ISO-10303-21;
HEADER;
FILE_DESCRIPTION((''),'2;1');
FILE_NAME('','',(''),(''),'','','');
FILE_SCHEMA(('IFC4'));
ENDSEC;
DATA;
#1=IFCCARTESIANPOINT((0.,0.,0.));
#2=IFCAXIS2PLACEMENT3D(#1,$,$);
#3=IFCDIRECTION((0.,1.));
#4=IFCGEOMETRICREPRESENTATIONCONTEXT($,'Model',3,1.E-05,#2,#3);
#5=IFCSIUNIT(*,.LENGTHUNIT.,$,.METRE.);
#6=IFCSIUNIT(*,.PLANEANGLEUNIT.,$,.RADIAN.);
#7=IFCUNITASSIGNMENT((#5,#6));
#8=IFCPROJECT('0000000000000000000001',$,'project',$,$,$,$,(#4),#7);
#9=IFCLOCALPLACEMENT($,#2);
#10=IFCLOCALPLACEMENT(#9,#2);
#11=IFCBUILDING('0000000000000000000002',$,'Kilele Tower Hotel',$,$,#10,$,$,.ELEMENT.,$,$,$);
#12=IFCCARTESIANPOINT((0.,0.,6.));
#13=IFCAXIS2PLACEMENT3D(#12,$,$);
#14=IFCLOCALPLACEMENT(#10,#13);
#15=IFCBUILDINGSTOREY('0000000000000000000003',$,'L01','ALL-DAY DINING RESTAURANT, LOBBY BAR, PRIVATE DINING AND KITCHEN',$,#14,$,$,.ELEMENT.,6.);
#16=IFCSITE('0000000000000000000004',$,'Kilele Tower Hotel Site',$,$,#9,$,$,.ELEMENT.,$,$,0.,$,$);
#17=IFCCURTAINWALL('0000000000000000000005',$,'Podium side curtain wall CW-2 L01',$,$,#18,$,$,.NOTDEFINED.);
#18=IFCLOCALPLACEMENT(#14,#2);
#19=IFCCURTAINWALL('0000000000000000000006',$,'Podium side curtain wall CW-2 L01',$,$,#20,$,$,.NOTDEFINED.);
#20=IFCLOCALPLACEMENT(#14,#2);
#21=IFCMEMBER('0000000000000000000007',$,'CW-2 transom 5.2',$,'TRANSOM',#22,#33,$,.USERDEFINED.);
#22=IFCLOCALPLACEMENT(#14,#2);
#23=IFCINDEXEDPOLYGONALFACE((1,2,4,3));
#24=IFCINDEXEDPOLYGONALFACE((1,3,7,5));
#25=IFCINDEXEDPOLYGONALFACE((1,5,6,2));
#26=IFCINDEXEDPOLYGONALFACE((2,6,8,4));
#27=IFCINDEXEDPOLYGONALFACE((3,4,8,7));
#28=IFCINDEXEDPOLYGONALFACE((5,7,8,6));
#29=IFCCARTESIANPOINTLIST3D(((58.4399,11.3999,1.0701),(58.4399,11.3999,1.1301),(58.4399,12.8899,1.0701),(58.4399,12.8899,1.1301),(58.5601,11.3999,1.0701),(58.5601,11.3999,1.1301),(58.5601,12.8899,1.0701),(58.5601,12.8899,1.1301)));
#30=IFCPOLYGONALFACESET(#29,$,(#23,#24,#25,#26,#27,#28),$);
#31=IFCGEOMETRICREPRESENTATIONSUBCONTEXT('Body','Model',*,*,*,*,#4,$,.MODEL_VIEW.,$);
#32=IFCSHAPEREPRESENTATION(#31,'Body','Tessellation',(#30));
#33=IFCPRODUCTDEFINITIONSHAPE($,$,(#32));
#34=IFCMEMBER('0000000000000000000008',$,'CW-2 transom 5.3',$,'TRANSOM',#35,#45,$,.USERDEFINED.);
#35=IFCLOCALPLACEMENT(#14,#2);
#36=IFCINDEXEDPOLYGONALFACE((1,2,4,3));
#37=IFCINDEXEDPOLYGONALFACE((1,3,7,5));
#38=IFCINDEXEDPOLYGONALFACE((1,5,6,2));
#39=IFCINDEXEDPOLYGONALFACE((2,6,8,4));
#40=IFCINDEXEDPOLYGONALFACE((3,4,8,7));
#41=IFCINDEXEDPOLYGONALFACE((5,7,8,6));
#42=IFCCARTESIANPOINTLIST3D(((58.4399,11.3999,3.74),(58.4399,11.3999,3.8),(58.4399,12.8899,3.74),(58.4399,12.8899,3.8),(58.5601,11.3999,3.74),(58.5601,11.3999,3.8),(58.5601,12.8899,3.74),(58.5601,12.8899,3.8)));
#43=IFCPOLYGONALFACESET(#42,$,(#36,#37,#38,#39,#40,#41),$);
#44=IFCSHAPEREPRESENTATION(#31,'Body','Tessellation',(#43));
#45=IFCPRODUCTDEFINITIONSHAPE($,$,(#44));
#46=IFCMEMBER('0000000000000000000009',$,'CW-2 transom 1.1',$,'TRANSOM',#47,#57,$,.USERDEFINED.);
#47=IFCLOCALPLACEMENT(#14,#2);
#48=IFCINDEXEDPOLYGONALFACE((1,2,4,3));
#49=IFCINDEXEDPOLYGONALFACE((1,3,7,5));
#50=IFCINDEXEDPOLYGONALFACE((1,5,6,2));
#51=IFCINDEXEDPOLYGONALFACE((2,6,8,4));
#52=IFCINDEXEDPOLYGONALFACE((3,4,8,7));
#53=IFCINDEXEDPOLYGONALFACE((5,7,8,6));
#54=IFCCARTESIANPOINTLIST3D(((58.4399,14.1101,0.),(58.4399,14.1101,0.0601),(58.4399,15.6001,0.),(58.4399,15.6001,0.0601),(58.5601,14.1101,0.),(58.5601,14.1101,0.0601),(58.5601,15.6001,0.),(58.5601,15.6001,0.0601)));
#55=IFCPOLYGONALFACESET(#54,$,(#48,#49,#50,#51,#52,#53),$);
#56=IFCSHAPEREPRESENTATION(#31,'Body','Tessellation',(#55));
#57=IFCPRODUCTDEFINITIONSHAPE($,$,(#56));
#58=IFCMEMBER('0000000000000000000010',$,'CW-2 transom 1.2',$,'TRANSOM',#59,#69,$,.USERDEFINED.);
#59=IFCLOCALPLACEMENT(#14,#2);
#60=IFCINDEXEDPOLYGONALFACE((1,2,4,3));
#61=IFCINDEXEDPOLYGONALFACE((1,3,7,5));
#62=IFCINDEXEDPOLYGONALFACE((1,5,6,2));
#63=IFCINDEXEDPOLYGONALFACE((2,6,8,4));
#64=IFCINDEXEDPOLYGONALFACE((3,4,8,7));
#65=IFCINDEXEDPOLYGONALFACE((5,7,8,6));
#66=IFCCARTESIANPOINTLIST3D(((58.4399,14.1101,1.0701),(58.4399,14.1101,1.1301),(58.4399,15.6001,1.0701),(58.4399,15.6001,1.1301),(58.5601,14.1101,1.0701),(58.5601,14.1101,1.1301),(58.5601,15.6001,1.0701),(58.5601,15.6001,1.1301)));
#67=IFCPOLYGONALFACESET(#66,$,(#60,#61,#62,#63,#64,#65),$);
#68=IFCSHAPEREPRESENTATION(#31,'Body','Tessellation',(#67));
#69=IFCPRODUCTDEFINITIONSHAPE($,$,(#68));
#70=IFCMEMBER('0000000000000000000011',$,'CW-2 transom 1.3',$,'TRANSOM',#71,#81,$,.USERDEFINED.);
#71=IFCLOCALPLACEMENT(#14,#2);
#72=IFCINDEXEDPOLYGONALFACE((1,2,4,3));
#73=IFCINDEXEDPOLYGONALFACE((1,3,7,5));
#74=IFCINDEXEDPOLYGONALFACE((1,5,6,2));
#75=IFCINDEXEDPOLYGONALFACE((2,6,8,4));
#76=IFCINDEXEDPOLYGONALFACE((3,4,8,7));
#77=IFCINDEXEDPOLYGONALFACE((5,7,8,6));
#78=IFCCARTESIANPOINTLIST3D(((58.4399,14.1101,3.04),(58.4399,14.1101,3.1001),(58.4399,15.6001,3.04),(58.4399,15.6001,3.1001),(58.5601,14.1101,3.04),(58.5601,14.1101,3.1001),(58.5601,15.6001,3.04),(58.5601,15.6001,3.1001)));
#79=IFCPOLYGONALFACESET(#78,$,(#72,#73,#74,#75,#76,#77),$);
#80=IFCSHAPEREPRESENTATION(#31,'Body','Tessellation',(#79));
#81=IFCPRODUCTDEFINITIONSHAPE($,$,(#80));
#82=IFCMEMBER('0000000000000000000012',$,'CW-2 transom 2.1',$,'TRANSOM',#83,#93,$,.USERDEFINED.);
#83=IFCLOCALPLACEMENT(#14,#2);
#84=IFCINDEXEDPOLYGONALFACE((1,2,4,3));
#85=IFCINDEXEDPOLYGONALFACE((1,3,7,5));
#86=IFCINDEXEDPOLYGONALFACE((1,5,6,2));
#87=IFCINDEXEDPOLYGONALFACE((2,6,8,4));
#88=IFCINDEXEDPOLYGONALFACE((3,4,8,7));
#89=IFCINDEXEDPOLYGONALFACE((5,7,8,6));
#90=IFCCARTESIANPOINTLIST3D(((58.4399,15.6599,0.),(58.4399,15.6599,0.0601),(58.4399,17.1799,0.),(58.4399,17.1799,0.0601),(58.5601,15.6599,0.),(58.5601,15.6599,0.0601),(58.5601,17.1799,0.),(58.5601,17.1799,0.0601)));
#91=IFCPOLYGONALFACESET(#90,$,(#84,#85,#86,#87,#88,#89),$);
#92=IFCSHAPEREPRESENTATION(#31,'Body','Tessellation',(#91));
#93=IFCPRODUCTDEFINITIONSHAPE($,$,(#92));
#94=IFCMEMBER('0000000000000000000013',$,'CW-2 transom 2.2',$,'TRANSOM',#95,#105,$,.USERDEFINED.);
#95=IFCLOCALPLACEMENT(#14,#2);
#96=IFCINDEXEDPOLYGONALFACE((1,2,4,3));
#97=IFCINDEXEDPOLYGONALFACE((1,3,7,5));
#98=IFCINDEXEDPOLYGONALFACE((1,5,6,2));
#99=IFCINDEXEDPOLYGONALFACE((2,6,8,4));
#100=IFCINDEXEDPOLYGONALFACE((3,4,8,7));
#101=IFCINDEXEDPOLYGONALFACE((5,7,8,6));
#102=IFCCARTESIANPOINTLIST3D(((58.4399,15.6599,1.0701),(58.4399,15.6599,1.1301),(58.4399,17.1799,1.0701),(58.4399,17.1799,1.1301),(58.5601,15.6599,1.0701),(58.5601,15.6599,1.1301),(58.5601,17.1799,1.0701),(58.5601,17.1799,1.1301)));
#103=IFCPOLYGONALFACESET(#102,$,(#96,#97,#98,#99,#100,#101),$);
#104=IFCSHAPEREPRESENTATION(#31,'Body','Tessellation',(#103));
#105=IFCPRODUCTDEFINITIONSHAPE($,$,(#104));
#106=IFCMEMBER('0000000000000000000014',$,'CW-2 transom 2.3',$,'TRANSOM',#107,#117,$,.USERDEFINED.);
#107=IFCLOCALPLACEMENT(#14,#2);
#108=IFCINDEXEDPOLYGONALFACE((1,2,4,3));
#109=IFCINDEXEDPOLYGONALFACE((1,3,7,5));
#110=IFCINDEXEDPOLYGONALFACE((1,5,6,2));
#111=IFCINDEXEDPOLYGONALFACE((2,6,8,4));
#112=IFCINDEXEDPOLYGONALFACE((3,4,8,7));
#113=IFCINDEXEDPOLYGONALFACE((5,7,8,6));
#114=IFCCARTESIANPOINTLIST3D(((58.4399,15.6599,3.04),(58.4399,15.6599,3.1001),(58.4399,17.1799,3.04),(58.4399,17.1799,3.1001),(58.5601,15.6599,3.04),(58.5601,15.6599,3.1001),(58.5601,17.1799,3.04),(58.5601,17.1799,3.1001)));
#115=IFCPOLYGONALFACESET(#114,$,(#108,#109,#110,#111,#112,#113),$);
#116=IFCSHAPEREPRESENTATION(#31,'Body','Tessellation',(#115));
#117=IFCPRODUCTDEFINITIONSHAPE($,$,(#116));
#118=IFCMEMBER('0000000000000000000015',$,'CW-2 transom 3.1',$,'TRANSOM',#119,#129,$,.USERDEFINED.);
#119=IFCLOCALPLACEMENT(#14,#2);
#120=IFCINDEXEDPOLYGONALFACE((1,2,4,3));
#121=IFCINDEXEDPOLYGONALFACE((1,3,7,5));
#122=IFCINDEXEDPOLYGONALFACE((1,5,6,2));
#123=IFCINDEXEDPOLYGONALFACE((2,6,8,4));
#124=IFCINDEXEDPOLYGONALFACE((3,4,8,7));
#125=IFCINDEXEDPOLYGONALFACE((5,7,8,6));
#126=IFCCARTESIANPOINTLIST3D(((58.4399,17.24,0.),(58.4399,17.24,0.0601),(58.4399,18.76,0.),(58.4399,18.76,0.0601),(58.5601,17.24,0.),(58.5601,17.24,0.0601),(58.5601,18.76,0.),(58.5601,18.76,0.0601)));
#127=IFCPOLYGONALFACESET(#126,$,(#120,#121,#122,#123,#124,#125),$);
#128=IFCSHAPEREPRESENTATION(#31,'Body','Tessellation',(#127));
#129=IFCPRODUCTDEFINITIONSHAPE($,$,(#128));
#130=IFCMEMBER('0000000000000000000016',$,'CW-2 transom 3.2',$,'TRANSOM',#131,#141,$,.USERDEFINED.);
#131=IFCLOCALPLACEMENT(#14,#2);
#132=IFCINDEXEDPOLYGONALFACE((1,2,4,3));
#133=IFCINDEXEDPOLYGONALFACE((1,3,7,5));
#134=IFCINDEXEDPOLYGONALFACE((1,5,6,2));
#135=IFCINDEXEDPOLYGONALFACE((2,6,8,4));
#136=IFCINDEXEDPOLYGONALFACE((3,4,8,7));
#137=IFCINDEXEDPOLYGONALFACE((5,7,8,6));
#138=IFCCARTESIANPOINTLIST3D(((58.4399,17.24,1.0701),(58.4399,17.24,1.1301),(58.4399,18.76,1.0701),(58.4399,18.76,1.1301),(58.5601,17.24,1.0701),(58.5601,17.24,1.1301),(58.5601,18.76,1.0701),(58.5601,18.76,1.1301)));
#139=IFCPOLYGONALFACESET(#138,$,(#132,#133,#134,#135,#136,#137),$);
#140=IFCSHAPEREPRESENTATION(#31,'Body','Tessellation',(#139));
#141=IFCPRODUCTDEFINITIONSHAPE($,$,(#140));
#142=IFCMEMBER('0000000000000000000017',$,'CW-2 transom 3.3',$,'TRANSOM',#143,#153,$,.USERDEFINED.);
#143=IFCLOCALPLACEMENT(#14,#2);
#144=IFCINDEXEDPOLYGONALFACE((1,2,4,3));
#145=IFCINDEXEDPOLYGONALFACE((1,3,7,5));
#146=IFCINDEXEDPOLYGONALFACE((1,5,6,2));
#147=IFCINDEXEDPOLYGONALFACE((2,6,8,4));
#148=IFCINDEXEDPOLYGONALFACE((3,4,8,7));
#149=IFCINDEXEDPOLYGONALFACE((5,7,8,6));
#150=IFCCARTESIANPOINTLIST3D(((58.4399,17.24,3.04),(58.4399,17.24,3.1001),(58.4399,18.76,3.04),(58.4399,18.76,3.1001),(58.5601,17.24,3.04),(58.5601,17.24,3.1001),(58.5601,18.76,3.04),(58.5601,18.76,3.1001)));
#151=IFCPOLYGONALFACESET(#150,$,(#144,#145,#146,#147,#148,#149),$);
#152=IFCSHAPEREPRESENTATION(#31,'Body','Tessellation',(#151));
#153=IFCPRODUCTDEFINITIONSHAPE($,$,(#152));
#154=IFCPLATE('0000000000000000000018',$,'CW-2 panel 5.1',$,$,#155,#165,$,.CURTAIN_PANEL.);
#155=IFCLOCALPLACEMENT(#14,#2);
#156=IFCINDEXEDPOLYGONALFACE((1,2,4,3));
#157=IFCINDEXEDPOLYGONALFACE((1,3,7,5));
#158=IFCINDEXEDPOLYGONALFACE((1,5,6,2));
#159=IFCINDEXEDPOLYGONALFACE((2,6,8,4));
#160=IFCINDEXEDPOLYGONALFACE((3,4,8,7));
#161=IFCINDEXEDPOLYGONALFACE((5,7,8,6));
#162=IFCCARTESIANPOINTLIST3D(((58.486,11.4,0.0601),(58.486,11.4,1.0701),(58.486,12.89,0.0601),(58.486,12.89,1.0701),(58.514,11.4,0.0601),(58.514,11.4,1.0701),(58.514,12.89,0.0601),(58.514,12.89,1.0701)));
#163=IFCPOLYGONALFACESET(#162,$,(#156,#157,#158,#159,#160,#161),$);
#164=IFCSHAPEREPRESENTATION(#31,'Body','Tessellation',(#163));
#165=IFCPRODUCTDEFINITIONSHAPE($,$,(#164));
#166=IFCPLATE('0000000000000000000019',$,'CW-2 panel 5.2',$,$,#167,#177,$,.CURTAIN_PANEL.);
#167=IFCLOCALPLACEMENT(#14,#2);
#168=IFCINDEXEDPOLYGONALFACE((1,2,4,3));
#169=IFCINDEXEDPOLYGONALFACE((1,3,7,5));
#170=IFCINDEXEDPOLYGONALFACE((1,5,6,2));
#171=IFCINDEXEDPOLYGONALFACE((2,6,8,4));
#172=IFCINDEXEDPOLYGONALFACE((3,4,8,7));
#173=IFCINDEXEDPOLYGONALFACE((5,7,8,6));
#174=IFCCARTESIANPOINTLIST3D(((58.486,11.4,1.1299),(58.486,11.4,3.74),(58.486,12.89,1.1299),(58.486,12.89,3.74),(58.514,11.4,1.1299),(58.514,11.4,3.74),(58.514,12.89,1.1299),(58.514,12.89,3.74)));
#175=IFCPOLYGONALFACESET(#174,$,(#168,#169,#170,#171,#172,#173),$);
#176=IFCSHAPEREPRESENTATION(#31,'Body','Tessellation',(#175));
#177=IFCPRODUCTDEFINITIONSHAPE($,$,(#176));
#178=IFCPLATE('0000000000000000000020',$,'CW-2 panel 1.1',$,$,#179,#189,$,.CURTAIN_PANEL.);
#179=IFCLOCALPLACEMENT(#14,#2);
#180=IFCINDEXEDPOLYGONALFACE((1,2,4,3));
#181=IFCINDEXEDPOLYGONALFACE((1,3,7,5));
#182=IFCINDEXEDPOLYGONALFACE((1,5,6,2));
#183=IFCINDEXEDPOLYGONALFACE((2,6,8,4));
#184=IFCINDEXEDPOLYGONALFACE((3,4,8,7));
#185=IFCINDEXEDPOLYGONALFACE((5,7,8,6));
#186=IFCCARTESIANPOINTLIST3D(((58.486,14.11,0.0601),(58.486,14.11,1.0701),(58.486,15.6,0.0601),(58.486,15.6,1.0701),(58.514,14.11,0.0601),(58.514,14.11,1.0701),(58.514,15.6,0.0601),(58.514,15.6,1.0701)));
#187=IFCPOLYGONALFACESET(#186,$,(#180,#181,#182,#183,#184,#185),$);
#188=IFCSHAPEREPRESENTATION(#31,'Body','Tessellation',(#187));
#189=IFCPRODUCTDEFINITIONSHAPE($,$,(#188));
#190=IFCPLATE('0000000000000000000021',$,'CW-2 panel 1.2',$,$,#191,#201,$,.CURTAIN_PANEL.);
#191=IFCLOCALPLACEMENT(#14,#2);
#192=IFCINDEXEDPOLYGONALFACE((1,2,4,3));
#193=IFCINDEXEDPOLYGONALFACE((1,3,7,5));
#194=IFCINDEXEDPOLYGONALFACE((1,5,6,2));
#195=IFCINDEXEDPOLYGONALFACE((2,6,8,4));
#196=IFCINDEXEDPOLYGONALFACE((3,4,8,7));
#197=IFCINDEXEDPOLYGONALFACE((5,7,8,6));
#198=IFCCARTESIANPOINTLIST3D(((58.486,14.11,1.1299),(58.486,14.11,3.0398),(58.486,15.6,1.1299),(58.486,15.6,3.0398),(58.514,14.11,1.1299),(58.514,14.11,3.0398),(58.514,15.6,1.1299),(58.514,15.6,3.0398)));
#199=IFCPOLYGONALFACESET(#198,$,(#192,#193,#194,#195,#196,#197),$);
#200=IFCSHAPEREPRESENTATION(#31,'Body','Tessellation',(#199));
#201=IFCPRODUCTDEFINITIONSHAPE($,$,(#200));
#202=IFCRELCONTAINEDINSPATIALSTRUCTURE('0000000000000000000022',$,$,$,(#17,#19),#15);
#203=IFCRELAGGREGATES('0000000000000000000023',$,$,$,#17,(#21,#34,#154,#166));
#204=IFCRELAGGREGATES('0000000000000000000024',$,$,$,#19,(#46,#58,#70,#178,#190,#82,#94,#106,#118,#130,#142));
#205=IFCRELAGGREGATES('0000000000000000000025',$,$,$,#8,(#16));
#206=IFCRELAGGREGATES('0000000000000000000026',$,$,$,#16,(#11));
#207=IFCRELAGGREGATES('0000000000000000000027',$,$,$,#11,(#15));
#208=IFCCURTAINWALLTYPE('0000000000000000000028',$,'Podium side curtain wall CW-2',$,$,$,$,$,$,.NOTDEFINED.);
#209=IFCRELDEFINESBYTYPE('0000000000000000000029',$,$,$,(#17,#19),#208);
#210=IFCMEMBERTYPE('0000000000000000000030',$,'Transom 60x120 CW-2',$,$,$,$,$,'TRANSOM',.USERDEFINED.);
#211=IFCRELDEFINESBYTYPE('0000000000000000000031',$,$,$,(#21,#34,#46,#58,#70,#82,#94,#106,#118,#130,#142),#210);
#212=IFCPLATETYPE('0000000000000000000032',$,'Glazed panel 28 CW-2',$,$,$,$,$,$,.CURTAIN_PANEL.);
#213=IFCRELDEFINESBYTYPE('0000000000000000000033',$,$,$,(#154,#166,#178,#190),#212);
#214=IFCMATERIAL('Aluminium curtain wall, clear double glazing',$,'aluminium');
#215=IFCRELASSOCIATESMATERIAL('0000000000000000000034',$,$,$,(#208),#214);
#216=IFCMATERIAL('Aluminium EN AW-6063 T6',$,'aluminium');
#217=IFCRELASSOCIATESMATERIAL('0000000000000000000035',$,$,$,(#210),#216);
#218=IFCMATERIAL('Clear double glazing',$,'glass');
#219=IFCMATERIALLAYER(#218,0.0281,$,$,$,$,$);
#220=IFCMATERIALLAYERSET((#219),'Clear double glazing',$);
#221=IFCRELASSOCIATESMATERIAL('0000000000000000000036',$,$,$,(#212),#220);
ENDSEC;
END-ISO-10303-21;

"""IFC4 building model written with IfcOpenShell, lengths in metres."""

from ifc_helpers import new_model, si_unit, direction, frame, origin, origin_2d, place, context, subcontext, project, spatial, rectangle, extrude, material, layer, layer_set, material_profile, profile_set, type_object, element, aggregate, save


model = new_model("IFC4")

# Units and contexts
model_context = context("Model", 3, precision=1e-05, world=origin(), true_north=direction((0.0, 1.0)))
body_context = subcontext(model_context, "Body", "Model", "MODEL_VIEW")
ifc_project = project(units=[si_unit("LENGTHUNIT", "METRE"), si_unit("PLANEANGLEUNIT", "RADIAN")], contexts=[model_context])

# Site, building, storey
site_placement = place(None, origin())
site = spatial("IfcSite", under=ifc_project, at=site_placement, Name="Kilele Tower Hotel Site", CompositionType="ELEMENT", RefElevation=0.0)
building_placement = place(site_placement, origin())
building = spatial("IfcBuilding", under=site, at=building_placement, Name="Kilele Tower Hotel", CompositionType="ELEMENT")
storey_placement = place(building_placement, frame((0.0, 0.0, 6.0)))
storey = spatial("IfcBuildingStorey", under=building, at=storey_placement, Name="L01", Description="ALL-DAY DINING RESTAURANT, LOBBY BAR, PRIVATE DINING AND KITCHEN", CompositionType="ELEMENT", Elevation=6.0)

# Curtain wall
ifc_material_1 = material(Name="Aluminium curtain wall, clear double glazing", Category="aluminium")
curtain_wall_type = type_object("IfcCurtainWallType", Name="Podium side curtain wall CW-2", PredefinedType="NOTDEFINED", material=ifc_material_1)
curtain_wall_1_placement = place(storey_placement, origin())
curtain_wall_1 = element("IfcCurtainWall", 1, at=curtain_wall_1_placement, inside=storey, type_object=curtain_wall_type, Name="Podium side curtain wall CW-2 L01", PredefinedType="NOTDEFINED")

# Curtain wall
curtain_wall_2_placement = place(storey_placement, origin())
curtain_wall_2 = element("IfcCurtainWall", 2, at=curtain_wall_2_placement, inside=storey, type_object=curtain_wall_type, Name="Podium side curtain wall CW-2 L01", PredefinedType="NOTDEFINED")

# Members
ifc_material_2 = material(Name="Aluminium EN AW-6063 T6", Category="aluminium")
ifc_material_profile_1 = material_profile(ifc_material_2, rectangle(XDim=0.1201, YDim=0.0601, at=origin_2d()))
ifc_profile_set_1 = profile_set([ifc_material_profile_1], Name="Aluminium EN AW-6063 T6")
member_type_1 = type_object("IfcMemberType", Name="Transom 60x120 CW-2", ElementType="TRANSOM", PredefinedType="USERDEFINED", material=ifc_profile_set_1)
member_1_placement = place(storey_placement, frame((58.5, 11.3999, 1.1001), z_axis=(0.0, 1.0, 0.0), x_axis=(-1.0, 0.0, 0.0)))
member_1 = element("IfcMember", 3, at=member_1_placement, type_object=member_type_1, Name="CW-2 transom 5.2", ObjectType="TRANSOM", PredefinedType="USERDEFINED", context=body_context, shape_type="SweptSolid", body=[
    extrude(rectangle(XDim=0.1201, YDim=0.0601, at=origin_2d()), origin(), (0.0, 0.0, 1.0), 1.49),
])
member_2_placement = place(storey_placement, frame((58.5, 11.3999, 3.77), z_axis=(0.0, 1.0, 0.0), x_axis=(-1.0, 0.0, 0.0)))
member_2 = element("IfcMember", 4, at=member_2_placement, type_object=member_type_1, Name="CW-2 transom 5.3", ObjectType="TRANSOM", PredefinedType="USERDEFINED", context=body_context, shape_type="SweptSolid", body=[
    extrude(rectangle(XDim=0.1201, YDim=0.0601, at=origin_2d()), origin(), (0.0, 0.0, 1.0), 1.49),
])
member_3_placement = place(storey_placement, frame((58.5, 14.1101, 0.03), z_axis=(0.0, 1.0, 0.0), x_axis=(-1.0, 0.0, 0.0)))
member_3 = element("IfcMember", 5, at=member_3_placement, type_object=member_type_1, Name="CW-2 transom 1.1", ObjectType="TRANSOM", PredefinedType="USERDEFINED", context=body_context, shape_type="SweptSolid", body=[
    extrude(rectangle(XDim=0.1201, YDim=0.0601, at=origin_2d()), origin(), (0.0, 0.0, 1.0), 1.49),
])
member_4_placement = place(storey_placement, frame((58.5, 14.1101, 1.1001), z_axis=(0.0, 1.0, 0.0), x_axis=(-1.0, 0.0, 0.0)))
member_4 = element("IfcMember", 6, at=member_4_placement, type_object=member_type_1, Name="CW-2 transom 1.2", ObjectType="TRANSOM", PredefinedType="USERDEFINED", context=body_context, shape_type="SweptSolid", body=[
    extrude(rectangle(XDim=0.1201, YDim=0.0601, at=origin_2d()), origin(), (0.0, 0.0, 1.0), 1.49),
])
member_5_placement = place(storey_placement, frame((58.5, 14.1101, 3.0701), z_axis=(0.0, 1.0, 0.0), x_axis=(-1.0, 0.0, 0.0)))
member_5 = element("IfcMember", 7, at=member_5_placement, type_object=member_type_1, Name="CW-2 transom 1.3", ObjectType="TRANSOM", PredefinedType="USERDEFINED", context=body_context, shape_type="SweptSolid", body=[
    extrude(rectangle(XDim=0.1201, YDim=0.0601, at=origin_2d()), origin(), (0.0, 0.0, 1.0), 1.49),
])
member_6_placement = place(storey_placement, frame((58.5, 15.6599, 0.03), z_axis=(0.0, 1.0, 0.0), x_axis=(-1.0, 0.0, 0.0)))
member_6 = element("IfcMember", 8, at=member_6_placement, type_object=member_type_1, Name="CW-2 transom 2.1", ObjectType="TRANSOM", PredefinedType="USERDEFINED", context=body_context, shape_type="SweptSolid", body=[
    extrude(rectangle(XDim=0.1201, YDim=0.0601, at=origin_2d()), origin(), (0.0, 0.0, 1.0), 1.52),
])
member_7_placement = place(storey_placement, frame((58.5, 15.6599, 1.1001), z_axis=(0.0, 1.0, 0.0), x_axis=(-1.0, 0.0, 0.0)))
member_7 = element("IfcMember", 9, at=member_7_placement, type_object=member_type_1, Name="CW-2 transom 2.2", ObjectType="TRANSOM", PredefinedType="USERDEFINED", context=body_context, shape_type="SweptSolid", body=[
    extrude(rectangle(XDim=0.1201, YDim=0.0601, at=origin_2d()), origin(), (0.0, 0.0, 1.0), 1.52),
])
member_8_placement = place(storey_placement, frame((58.5, 15.6599, 3.0701), z_axis=(0.0, 1.0, 0.0), x_axis=(-1.0, 0.0, 0.0)))
member_8 = element("IfcMember", 10, at=member_8_placement, type_object=member_type_1, Name="CW-2 transom 2.3", ObjectType="TRANSOM", PredefinedType="USERDEFINED", context=body_context, shape_type="SweptSolid", body=[
    extrude(rectangle(XDim=0.1201, YDim=0.0601, at=origin_2d()), origin(), (0.0, 0.0, 1.0), 1.52),
])
member_9_placement = place(storey_placement, frame((58.5, 17.24, 0.03), z_axis=(0.0, 1.0, 0.0), x_axis=(-1.0, 0.0, 0.0)))
member_9 = element("IfcMember", 11, at=member_9_placement, type_object=member_type_1, Name="CW-2 transom 3.1", ObjectType="TRANSOM", PredefinedType="USERDEFINED", context=body_context, shape_type="SweptSolid", body=[
    extrude(rectangle(XDim=0.1201, YDim=0.0601, at=origin_2d()), origin(), (0.0, 0.0, 1.0), 1.52),
])
member_10_placement = place(storey_placement, frame((58.5, 17.24, 1.1001), z_axis=(0.0, 1.0, 0.0), x_axis=(-1.0, 0.0, 0.0)))
member_10 = element("IfcMember", 12, at=member_10_placement, type_object=member_type_1, Name="CW-2 transom 3.2", ObjectType="TRANSOM", PredefinedType="USERDEFINED", context=body_context, shape_type="SweptSolid", body=[
    extrude(rectangle(XDim=0.1201, YDim=0.0601, at=origin_2d()), origin(), (0.0, 0.0, 1.0), 1.52),
])
member_11_placement = place(storey_placement, frame((58.5, 17.24, 3.0701), z_axis=(0.0, 1.0, 0.0), x_axis=(-1.0, 0.0, 0.0)))
member_11 = element("IfcMember", 13, at=member_11_placement, type_object=member_type_1, Name="CW-2 transom 3.3", ObjectType="TRANSOM", PredefinedType="USERDEFINED", context=body_context, shape_type="SweptSolid", body=[
    extrude(rectangle(XDim=0.1201, YDim=0.0601, at=origin_2d()), origin(), (0.0, 0.0, 1.0), 1.52),
])

# Plates
ifc_material_3 = material(Name="Clear double glazing", Category="glass")
ifc_layer_1 = layer(ifc_material_3, 0.0281)
ifc_layer_set_1 = layer_set([ifc_layer_1], Name="Clear double glazing")
plate_type = type_object("IfcPlateType", Name="Glazed panel 28 CW-2", PredefinedType="CURTAIN_PANEL", material=ifc_layer_set_1)
plate_1_placement = place(storey_placement, frame((58.5, 12.145, 0.0601), z_axis=(0.0, 0.0, 1.0), x_axis=(0.0, 1.0, 0.0)))
plate_1 = element("IfcPlate", 14, at=plate_1_placement, type_object=plate_type, Name="CW-2 panel 5.1", PredefinedType="CURTAIN_PANEL", context=body_context, shape_type="SweptSolid", body=[
    extrude(rectangle(XDim=1.49, YDim=0.0281, at=origin_2d()), origin(), (0.0, 0.0, 1.0), 1.01),
])
plate_2_placement = place(storey_placement, frame((58.5, 12.145, 1.1299), z_axis=(0.0, 0.0, 1.0), x_axis=(0.0, 1.0, 0.0)))
plate_2 = element("IfcPlate", 15, at=plate_2_placement, type_object=plate_type, Name="CW-2 panel 5.2", PredefinedType="CURTAIN_PANEL", context=body_context, shape_type="SweptSolid", body=[
    extrude(rectangle(XDim=1.49, YDim=0.0281, at=origin_2d()), origin(), (0.0, 0.0, 1.0), 2.6101),
])
aggregate(curtain_wall_1, [member_1, member_2, plate_1, plate_2])
plate_3_placement = place(storey_placement, frame((58.5, 14.855, 0.0601), z_axis=(0.0, 0.0, 1.0), x_axis=(0.0, 1.0, 0.0)))
plate_3 = element("IfcPlate", 16, at=plate_3_placement, type_object=plate_type, Name="CW-2 panel 1.1", PredefinedType="CURTAIN_PANEL", context=body_context, shape_type="SweptSolid", body=[
    extrude(rectangle(XDim=1.49, YDim=0.0281, at=origin_2d()), origin(), (0.0, 0.0, 1.0), 1.01),
])
plate_4_placement = place(storey_placement, frame((58.5, 14.855, 1.1299), z_axis=(0.0, 0.0, 1.0), x_axis=(0.0, 1.0, 0.0)))
plate_4 = element("IfcPlate", 17, at=plate_4_placement, type_object=plate_type, Name="CW-2 panel 1.2", PredefinedType="CURTAIN_PANEL", context=body_context, shape_type="SweptSolid", body=[
    extrude(rectangle(XDim=1.49, YDim=0.0281, at=origin_2d()), origin(), (0.0, 0.0, 1.0), 1.9099),
])
aggregate(curtain_wall_2, [member_3, member_4, member_5, plate_3, plate_4, member_6, member_7, member_8, member_9, member_10, member_11])

save(model, "model.ifc")
